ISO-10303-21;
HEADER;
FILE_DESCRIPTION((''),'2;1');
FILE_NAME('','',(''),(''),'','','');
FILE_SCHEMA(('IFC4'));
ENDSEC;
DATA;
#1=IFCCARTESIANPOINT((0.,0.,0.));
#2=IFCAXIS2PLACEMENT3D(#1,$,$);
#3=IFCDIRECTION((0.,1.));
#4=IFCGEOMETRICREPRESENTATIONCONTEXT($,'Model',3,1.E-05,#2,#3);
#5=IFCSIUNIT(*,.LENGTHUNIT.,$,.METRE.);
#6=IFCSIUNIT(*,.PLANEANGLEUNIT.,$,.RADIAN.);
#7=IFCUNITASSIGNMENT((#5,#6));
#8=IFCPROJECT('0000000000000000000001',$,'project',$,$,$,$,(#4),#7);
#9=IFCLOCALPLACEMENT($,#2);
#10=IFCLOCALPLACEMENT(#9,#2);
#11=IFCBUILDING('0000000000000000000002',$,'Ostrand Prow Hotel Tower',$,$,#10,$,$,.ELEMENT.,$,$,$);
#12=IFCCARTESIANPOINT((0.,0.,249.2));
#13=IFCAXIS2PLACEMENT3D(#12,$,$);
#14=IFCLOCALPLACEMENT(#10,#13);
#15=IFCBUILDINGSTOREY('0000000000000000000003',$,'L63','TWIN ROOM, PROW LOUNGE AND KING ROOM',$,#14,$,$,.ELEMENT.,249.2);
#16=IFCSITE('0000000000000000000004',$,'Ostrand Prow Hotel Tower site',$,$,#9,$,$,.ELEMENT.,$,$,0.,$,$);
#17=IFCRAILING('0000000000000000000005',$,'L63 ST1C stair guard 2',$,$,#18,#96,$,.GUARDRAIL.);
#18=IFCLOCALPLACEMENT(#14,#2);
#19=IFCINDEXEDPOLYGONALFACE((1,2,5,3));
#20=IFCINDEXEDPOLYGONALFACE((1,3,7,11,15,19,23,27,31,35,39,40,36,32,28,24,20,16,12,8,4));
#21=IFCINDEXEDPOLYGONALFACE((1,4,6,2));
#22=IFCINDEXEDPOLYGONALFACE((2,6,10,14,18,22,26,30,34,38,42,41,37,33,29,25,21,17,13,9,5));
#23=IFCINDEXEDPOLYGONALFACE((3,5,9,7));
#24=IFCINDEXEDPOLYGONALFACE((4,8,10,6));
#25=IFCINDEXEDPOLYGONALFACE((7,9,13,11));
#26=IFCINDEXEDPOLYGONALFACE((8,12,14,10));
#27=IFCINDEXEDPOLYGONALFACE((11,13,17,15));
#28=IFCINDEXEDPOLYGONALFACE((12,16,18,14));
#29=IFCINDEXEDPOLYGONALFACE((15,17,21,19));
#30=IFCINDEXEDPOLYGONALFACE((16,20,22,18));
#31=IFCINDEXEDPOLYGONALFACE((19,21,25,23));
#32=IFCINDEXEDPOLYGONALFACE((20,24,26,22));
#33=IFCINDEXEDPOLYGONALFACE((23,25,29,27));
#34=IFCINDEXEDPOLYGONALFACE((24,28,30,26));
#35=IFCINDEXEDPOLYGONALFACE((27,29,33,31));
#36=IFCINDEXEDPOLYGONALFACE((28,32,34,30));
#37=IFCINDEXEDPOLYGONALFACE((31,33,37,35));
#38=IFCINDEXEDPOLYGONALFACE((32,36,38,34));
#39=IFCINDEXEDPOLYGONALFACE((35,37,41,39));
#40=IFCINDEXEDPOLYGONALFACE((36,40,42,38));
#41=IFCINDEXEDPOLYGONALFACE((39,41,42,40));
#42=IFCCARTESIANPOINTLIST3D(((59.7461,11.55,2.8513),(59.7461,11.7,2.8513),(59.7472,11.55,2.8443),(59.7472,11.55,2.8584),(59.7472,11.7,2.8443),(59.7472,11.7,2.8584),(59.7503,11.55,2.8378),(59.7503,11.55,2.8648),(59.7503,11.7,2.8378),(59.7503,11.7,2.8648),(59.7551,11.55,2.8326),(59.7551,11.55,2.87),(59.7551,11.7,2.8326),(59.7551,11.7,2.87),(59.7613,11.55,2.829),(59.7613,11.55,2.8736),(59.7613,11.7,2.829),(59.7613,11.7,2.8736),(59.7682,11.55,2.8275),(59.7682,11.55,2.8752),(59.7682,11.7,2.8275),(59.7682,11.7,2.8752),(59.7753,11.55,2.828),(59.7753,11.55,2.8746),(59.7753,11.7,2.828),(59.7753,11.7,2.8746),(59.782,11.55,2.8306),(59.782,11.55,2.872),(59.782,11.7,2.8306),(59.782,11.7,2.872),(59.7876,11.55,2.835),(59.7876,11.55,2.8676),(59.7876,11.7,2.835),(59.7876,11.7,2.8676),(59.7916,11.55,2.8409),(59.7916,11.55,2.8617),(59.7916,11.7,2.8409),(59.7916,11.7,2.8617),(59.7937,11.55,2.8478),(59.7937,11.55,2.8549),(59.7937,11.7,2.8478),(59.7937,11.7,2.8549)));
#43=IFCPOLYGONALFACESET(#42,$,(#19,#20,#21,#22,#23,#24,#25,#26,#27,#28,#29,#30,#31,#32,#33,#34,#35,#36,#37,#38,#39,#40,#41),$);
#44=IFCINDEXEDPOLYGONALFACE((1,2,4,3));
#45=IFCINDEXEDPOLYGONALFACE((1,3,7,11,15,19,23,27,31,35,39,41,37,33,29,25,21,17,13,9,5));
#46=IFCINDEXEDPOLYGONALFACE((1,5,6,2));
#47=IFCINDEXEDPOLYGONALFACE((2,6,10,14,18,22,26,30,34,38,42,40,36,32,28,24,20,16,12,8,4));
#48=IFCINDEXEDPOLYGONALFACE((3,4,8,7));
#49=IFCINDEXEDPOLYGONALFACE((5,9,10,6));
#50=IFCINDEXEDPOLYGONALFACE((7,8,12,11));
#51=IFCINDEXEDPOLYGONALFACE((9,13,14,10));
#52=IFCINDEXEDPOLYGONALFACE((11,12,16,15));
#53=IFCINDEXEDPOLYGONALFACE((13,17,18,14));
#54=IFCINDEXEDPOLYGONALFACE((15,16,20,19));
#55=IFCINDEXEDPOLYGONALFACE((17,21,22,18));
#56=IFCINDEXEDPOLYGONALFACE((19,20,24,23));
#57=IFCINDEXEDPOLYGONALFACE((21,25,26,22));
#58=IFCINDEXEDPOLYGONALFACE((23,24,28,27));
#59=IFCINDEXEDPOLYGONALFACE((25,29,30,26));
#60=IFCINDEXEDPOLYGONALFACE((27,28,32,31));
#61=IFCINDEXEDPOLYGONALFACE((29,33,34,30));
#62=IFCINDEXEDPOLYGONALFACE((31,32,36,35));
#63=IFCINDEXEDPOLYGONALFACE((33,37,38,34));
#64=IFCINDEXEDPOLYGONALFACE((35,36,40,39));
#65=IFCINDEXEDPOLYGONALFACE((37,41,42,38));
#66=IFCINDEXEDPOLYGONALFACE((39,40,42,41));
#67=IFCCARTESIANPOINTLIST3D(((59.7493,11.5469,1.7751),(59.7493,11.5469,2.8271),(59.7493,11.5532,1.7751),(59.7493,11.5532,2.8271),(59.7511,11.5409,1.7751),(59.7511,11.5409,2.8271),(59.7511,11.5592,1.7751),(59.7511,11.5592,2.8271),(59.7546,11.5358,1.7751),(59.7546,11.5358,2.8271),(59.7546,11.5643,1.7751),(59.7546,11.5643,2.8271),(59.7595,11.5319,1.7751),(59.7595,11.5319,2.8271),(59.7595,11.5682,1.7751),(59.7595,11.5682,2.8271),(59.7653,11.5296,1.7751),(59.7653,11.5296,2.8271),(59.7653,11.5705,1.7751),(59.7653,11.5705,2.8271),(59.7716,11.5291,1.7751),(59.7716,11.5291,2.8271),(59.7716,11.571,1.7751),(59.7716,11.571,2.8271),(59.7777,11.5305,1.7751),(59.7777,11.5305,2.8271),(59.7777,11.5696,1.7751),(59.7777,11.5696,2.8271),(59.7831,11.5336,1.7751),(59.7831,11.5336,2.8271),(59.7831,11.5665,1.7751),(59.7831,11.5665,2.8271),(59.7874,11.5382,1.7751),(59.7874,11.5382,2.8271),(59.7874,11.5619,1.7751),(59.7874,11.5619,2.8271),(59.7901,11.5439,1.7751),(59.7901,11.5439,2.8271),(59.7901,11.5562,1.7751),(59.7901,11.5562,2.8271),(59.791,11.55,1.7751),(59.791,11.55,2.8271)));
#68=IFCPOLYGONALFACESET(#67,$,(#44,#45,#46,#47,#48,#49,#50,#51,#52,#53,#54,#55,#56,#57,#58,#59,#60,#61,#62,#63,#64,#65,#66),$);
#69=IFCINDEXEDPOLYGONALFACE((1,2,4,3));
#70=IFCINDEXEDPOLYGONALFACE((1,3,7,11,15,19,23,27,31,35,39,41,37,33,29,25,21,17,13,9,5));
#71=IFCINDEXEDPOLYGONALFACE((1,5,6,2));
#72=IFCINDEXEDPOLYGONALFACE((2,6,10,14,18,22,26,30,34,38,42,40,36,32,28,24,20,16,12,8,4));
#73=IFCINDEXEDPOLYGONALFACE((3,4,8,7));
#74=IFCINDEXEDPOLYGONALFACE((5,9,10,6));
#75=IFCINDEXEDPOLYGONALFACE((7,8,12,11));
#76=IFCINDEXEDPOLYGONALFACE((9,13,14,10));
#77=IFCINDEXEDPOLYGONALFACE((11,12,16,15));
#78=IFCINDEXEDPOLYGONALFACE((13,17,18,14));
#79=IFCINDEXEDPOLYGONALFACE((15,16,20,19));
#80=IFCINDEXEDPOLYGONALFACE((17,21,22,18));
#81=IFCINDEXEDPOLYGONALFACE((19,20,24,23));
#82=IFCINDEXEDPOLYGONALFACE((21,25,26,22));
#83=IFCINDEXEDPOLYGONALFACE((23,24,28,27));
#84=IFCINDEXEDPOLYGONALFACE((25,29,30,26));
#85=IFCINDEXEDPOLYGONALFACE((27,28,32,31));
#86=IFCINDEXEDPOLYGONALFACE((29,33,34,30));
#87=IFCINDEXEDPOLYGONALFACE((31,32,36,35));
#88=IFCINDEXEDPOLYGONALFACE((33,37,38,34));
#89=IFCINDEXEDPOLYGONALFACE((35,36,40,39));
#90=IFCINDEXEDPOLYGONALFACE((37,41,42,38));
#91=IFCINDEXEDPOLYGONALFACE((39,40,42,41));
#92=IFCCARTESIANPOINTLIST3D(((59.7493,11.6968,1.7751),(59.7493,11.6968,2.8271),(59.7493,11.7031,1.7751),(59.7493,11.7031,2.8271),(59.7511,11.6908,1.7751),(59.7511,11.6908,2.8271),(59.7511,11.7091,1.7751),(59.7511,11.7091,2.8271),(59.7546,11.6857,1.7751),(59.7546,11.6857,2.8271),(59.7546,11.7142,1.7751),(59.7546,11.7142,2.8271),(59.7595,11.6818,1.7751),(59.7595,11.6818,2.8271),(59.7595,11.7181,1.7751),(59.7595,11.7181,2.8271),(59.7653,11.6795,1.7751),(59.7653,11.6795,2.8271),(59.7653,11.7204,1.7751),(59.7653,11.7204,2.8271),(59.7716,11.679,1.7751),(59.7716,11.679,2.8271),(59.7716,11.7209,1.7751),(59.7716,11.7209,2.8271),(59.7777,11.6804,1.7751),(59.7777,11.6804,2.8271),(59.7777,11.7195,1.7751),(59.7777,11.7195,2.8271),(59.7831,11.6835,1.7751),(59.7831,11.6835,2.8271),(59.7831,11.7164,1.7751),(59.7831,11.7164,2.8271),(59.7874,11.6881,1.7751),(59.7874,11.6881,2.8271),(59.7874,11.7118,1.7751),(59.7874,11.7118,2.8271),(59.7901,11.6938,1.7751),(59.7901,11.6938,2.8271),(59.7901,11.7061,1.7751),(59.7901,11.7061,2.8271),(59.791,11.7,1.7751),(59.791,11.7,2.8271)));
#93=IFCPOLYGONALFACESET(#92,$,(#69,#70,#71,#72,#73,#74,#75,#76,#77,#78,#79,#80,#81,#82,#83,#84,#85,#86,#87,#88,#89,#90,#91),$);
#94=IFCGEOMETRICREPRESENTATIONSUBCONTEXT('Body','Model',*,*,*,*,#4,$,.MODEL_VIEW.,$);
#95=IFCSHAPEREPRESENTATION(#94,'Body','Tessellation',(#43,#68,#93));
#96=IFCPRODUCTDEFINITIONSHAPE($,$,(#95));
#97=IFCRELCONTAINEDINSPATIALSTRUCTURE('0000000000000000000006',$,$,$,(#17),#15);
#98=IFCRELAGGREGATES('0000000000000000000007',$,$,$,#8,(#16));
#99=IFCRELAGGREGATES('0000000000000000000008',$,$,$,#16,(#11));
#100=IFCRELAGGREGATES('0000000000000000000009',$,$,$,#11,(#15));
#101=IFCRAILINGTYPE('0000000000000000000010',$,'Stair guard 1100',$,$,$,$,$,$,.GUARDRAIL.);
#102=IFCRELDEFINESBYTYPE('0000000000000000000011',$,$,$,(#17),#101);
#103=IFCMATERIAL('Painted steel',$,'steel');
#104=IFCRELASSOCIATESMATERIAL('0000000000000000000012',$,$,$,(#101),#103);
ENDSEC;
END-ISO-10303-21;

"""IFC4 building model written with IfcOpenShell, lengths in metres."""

from ifc_helpers import new_model, si_unit, direction, frame, origin, origin_2d, place, context, subcontext, project, spatial, circle, extrude, material, type_object, element, save


model = new_model("IFC4")

# Units and contexts
model_context = context("Model", 3, precision=1e-05, world=origin(), true_north=direction((0.0, 1.0)))
body_context = subcontext(model_context, "Body", "Model", "MODEL_VIEW")
ifc_project = project(units=[si_unit("LENGTHUNIT", "METRE"), si_unit("PLANEANGLEUNIT", "RADIAN")], contexts=[model_context])

# Site, building, storey
site_placement = place(None, origin())
site = spatial("IfcSite", under=ifc_project, at=site_placement, Name="Ostrand Prow Hotel Tower site", CompositionType="ELEMENT", RefElevation=0.0)
building_placement = place(site_placement, origin())
building = spatial("IfcBuilding", under=site, at=building_placement, Name="Ostrand Prow Hotel Tower", CompositionType="ELEMENT")
storey_placement = place(building_placement, frame((0.0, 0.0, 249.2)))
storey = spatial("IfcBuildingStorey", under=building, at=storey_placement, Name="L63", Description="TWIN ROOM, PROW LOUNGE AND KING ROOM", CompositionType="ELEMENT", Elevation=249.2)

# Railing
ifc_material_1 = material(Name="Painted steel", Category="steel")
railing_type_1 = type_object("IfcRailingType", Name="Stair guard 1100", PredefinedType="GUARDRAIL", material=ifc_material_1)
railing_1_placement = place(storey_placement, frame((59.77, 11.55, 1.7751)))
element("IfcRailing", 1, at=railing_1_placement, inside=storey, type_object=railing_type_1, Name="L63 ST1C stair guard 2", PredefinedType="GUARDRAIL", context=body_context, shape_type="SweptSolid", body=[
    extrude(circle(Radius=0.0239, at=origin_2d()), frame((0.0, 0.0, 1.0762), z_axis=(0.0, 1.0, 0.0), x_axis=(-1.0, 0.0, 0.0)), (0.0, 0.0, 1.0), 0.1499),
    extrude(circle(Radius=0.021, at=origin_2d()), origin(), (0.0, 0.0, 1.0), 1.052),
    extrude(circle(Radius=0.021, at=origin_2d()), frame((0.0, 0.1499, 0.0)), (0.0, 0.0, 1.0), 1.052),
])

save(model, "model.ifc")
